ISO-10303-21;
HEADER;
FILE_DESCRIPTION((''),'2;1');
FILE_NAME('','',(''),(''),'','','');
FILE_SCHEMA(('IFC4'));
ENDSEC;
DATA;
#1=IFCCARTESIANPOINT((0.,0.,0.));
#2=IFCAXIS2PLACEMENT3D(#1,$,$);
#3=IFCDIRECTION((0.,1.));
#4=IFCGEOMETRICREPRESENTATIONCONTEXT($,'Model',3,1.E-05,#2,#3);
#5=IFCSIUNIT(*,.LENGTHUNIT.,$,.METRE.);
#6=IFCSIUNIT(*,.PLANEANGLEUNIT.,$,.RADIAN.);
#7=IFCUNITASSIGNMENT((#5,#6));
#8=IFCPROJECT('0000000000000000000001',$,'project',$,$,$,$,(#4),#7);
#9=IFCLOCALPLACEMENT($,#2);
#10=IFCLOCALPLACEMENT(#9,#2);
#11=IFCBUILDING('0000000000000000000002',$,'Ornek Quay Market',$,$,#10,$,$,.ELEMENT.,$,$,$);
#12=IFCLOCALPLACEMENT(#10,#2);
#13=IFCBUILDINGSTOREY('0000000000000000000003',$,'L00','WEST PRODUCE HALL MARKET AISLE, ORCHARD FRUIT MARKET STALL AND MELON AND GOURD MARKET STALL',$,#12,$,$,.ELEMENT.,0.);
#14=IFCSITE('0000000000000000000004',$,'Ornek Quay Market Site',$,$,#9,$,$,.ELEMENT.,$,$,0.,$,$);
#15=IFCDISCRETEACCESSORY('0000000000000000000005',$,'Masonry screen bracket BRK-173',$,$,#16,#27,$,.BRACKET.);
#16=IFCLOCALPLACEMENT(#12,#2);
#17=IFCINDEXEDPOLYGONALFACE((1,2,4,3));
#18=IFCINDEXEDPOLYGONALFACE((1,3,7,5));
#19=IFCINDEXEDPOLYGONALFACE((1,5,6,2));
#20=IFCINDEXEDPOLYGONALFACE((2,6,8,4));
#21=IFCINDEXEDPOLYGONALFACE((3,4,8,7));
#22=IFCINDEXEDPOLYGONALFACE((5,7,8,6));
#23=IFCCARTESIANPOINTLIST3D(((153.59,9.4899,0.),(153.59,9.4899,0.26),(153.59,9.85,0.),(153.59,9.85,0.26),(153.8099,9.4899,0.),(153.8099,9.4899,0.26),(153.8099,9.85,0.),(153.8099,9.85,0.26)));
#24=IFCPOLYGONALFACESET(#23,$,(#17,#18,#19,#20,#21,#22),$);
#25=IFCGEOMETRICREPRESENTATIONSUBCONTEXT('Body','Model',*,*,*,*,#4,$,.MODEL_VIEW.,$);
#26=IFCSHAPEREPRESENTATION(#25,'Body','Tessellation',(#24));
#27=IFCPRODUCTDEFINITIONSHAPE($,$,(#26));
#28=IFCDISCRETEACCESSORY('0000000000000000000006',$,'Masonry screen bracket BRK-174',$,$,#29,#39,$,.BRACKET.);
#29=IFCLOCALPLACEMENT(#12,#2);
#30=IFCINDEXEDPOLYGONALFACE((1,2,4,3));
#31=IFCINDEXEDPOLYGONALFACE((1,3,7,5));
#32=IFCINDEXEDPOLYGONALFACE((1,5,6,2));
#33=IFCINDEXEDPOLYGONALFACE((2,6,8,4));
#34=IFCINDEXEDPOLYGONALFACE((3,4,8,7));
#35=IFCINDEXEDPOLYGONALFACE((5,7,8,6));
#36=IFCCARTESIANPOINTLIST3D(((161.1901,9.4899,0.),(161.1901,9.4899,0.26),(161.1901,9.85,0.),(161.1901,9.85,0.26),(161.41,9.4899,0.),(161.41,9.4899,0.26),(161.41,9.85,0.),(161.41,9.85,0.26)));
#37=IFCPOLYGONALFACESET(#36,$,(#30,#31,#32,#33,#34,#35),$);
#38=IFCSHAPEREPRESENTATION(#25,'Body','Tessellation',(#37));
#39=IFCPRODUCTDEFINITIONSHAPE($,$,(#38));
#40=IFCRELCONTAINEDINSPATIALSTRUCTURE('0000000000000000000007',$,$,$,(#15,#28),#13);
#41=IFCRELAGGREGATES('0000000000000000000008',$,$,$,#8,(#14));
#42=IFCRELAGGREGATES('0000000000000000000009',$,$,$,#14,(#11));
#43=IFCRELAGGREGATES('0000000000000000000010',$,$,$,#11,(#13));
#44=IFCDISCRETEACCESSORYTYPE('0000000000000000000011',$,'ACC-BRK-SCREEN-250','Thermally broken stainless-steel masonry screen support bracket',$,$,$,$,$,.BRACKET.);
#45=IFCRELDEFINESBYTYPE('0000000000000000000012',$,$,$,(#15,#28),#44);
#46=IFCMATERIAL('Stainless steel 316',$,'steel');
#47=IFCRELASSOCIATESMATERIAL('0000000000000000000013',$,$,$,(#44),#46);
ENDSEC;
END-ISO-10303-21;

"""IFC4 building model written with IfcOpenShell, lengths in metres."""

from ifc_helpers import new_model, si_unit, direction, frame, origin, origin_2d, place, context, subcontext, project, spatial, rectangle, extrude, material, type_object, element, save


model = new_model("IFC4")

# Units and contexts
model_context = context("Model", 3, precision=1e-05, world=origin(), true_north=direction((0.0, 1.0)))
body_context = subcontext(model_context, "Body", "Model", "MODEL_VIEW")
ifc_project = project(units=[si_unit("LENGTHUNIT", "METRE"), si_unit("PLANEANGLEUNIT", "RADIAN")], contexts=[model_context])

# Site, building, storey
site_placement = place(None, origin())
site = spatial("IfcSite", under=ifc_project, at=site_placement, Name="Ornek Quay Market Site", CompositionType="ELEMENT", RefElevation=0.0)
building_placement = place(site_placement, origin())
building = spatial("IfcBuilding", under=site, at=building_placement, Name="Ornek Quay Market", CompositionType="ELEMENT")
storey_placement = place(building_placement, origin())
storey = spatial("IfcBuildingStorey", under=building, at=storey_placement, Name="L00", Description="WEST PRODUCE HALL MARKET AISLE, ORCHARD FRUIT MARKET STALL AND MELON AND GOURD MARKET STALL", CompositionType="ELEMENT", Elevation=0.0)

# Discrete accessories
ifc_material_1 = material(Name="Stainless steel 316", Category="steel")
discrete_accessory_type = type_object("IfcDiscreteAccessoryType", Name="ACC-BRK-SCREEN-250", Description="Thermally broken stainless-steel masonry screen support bracket", PredefinedType="BRACKET", material=ifc_material_1)
for number, where, z_axis, x_axis, name in (
    (1, (153.7, 9.6699, 0.0), (0.0, 0.0, 1.0), (1.0, 0.0, 0.0), "Masonry screen bracket BRK-173"),
    (2, (161.3, 9.6699, 0.0), (0.0, 0.0, 1.0), (1.0, 0.0, 0.0), "Masonry screen bracket BRK-174"),
):
    element("IfcDiscreteAccessory", number, at=place(storey_placement, frame(where, z_axis=z_axis, x_axis=x_axis)), inside=storey, type_object=discrete_accessory_type, Name=name, PredefinedType="BRACKET", context=body_context, shape_type="SweptSolid", body=[
        extrude(rectangle(XDim=0.22, YDim=0.3601, at=origin_2d()), origin(), (0.0, 0.0, 1.0), 0.26),
    ])

save(model, "model.ifc")
